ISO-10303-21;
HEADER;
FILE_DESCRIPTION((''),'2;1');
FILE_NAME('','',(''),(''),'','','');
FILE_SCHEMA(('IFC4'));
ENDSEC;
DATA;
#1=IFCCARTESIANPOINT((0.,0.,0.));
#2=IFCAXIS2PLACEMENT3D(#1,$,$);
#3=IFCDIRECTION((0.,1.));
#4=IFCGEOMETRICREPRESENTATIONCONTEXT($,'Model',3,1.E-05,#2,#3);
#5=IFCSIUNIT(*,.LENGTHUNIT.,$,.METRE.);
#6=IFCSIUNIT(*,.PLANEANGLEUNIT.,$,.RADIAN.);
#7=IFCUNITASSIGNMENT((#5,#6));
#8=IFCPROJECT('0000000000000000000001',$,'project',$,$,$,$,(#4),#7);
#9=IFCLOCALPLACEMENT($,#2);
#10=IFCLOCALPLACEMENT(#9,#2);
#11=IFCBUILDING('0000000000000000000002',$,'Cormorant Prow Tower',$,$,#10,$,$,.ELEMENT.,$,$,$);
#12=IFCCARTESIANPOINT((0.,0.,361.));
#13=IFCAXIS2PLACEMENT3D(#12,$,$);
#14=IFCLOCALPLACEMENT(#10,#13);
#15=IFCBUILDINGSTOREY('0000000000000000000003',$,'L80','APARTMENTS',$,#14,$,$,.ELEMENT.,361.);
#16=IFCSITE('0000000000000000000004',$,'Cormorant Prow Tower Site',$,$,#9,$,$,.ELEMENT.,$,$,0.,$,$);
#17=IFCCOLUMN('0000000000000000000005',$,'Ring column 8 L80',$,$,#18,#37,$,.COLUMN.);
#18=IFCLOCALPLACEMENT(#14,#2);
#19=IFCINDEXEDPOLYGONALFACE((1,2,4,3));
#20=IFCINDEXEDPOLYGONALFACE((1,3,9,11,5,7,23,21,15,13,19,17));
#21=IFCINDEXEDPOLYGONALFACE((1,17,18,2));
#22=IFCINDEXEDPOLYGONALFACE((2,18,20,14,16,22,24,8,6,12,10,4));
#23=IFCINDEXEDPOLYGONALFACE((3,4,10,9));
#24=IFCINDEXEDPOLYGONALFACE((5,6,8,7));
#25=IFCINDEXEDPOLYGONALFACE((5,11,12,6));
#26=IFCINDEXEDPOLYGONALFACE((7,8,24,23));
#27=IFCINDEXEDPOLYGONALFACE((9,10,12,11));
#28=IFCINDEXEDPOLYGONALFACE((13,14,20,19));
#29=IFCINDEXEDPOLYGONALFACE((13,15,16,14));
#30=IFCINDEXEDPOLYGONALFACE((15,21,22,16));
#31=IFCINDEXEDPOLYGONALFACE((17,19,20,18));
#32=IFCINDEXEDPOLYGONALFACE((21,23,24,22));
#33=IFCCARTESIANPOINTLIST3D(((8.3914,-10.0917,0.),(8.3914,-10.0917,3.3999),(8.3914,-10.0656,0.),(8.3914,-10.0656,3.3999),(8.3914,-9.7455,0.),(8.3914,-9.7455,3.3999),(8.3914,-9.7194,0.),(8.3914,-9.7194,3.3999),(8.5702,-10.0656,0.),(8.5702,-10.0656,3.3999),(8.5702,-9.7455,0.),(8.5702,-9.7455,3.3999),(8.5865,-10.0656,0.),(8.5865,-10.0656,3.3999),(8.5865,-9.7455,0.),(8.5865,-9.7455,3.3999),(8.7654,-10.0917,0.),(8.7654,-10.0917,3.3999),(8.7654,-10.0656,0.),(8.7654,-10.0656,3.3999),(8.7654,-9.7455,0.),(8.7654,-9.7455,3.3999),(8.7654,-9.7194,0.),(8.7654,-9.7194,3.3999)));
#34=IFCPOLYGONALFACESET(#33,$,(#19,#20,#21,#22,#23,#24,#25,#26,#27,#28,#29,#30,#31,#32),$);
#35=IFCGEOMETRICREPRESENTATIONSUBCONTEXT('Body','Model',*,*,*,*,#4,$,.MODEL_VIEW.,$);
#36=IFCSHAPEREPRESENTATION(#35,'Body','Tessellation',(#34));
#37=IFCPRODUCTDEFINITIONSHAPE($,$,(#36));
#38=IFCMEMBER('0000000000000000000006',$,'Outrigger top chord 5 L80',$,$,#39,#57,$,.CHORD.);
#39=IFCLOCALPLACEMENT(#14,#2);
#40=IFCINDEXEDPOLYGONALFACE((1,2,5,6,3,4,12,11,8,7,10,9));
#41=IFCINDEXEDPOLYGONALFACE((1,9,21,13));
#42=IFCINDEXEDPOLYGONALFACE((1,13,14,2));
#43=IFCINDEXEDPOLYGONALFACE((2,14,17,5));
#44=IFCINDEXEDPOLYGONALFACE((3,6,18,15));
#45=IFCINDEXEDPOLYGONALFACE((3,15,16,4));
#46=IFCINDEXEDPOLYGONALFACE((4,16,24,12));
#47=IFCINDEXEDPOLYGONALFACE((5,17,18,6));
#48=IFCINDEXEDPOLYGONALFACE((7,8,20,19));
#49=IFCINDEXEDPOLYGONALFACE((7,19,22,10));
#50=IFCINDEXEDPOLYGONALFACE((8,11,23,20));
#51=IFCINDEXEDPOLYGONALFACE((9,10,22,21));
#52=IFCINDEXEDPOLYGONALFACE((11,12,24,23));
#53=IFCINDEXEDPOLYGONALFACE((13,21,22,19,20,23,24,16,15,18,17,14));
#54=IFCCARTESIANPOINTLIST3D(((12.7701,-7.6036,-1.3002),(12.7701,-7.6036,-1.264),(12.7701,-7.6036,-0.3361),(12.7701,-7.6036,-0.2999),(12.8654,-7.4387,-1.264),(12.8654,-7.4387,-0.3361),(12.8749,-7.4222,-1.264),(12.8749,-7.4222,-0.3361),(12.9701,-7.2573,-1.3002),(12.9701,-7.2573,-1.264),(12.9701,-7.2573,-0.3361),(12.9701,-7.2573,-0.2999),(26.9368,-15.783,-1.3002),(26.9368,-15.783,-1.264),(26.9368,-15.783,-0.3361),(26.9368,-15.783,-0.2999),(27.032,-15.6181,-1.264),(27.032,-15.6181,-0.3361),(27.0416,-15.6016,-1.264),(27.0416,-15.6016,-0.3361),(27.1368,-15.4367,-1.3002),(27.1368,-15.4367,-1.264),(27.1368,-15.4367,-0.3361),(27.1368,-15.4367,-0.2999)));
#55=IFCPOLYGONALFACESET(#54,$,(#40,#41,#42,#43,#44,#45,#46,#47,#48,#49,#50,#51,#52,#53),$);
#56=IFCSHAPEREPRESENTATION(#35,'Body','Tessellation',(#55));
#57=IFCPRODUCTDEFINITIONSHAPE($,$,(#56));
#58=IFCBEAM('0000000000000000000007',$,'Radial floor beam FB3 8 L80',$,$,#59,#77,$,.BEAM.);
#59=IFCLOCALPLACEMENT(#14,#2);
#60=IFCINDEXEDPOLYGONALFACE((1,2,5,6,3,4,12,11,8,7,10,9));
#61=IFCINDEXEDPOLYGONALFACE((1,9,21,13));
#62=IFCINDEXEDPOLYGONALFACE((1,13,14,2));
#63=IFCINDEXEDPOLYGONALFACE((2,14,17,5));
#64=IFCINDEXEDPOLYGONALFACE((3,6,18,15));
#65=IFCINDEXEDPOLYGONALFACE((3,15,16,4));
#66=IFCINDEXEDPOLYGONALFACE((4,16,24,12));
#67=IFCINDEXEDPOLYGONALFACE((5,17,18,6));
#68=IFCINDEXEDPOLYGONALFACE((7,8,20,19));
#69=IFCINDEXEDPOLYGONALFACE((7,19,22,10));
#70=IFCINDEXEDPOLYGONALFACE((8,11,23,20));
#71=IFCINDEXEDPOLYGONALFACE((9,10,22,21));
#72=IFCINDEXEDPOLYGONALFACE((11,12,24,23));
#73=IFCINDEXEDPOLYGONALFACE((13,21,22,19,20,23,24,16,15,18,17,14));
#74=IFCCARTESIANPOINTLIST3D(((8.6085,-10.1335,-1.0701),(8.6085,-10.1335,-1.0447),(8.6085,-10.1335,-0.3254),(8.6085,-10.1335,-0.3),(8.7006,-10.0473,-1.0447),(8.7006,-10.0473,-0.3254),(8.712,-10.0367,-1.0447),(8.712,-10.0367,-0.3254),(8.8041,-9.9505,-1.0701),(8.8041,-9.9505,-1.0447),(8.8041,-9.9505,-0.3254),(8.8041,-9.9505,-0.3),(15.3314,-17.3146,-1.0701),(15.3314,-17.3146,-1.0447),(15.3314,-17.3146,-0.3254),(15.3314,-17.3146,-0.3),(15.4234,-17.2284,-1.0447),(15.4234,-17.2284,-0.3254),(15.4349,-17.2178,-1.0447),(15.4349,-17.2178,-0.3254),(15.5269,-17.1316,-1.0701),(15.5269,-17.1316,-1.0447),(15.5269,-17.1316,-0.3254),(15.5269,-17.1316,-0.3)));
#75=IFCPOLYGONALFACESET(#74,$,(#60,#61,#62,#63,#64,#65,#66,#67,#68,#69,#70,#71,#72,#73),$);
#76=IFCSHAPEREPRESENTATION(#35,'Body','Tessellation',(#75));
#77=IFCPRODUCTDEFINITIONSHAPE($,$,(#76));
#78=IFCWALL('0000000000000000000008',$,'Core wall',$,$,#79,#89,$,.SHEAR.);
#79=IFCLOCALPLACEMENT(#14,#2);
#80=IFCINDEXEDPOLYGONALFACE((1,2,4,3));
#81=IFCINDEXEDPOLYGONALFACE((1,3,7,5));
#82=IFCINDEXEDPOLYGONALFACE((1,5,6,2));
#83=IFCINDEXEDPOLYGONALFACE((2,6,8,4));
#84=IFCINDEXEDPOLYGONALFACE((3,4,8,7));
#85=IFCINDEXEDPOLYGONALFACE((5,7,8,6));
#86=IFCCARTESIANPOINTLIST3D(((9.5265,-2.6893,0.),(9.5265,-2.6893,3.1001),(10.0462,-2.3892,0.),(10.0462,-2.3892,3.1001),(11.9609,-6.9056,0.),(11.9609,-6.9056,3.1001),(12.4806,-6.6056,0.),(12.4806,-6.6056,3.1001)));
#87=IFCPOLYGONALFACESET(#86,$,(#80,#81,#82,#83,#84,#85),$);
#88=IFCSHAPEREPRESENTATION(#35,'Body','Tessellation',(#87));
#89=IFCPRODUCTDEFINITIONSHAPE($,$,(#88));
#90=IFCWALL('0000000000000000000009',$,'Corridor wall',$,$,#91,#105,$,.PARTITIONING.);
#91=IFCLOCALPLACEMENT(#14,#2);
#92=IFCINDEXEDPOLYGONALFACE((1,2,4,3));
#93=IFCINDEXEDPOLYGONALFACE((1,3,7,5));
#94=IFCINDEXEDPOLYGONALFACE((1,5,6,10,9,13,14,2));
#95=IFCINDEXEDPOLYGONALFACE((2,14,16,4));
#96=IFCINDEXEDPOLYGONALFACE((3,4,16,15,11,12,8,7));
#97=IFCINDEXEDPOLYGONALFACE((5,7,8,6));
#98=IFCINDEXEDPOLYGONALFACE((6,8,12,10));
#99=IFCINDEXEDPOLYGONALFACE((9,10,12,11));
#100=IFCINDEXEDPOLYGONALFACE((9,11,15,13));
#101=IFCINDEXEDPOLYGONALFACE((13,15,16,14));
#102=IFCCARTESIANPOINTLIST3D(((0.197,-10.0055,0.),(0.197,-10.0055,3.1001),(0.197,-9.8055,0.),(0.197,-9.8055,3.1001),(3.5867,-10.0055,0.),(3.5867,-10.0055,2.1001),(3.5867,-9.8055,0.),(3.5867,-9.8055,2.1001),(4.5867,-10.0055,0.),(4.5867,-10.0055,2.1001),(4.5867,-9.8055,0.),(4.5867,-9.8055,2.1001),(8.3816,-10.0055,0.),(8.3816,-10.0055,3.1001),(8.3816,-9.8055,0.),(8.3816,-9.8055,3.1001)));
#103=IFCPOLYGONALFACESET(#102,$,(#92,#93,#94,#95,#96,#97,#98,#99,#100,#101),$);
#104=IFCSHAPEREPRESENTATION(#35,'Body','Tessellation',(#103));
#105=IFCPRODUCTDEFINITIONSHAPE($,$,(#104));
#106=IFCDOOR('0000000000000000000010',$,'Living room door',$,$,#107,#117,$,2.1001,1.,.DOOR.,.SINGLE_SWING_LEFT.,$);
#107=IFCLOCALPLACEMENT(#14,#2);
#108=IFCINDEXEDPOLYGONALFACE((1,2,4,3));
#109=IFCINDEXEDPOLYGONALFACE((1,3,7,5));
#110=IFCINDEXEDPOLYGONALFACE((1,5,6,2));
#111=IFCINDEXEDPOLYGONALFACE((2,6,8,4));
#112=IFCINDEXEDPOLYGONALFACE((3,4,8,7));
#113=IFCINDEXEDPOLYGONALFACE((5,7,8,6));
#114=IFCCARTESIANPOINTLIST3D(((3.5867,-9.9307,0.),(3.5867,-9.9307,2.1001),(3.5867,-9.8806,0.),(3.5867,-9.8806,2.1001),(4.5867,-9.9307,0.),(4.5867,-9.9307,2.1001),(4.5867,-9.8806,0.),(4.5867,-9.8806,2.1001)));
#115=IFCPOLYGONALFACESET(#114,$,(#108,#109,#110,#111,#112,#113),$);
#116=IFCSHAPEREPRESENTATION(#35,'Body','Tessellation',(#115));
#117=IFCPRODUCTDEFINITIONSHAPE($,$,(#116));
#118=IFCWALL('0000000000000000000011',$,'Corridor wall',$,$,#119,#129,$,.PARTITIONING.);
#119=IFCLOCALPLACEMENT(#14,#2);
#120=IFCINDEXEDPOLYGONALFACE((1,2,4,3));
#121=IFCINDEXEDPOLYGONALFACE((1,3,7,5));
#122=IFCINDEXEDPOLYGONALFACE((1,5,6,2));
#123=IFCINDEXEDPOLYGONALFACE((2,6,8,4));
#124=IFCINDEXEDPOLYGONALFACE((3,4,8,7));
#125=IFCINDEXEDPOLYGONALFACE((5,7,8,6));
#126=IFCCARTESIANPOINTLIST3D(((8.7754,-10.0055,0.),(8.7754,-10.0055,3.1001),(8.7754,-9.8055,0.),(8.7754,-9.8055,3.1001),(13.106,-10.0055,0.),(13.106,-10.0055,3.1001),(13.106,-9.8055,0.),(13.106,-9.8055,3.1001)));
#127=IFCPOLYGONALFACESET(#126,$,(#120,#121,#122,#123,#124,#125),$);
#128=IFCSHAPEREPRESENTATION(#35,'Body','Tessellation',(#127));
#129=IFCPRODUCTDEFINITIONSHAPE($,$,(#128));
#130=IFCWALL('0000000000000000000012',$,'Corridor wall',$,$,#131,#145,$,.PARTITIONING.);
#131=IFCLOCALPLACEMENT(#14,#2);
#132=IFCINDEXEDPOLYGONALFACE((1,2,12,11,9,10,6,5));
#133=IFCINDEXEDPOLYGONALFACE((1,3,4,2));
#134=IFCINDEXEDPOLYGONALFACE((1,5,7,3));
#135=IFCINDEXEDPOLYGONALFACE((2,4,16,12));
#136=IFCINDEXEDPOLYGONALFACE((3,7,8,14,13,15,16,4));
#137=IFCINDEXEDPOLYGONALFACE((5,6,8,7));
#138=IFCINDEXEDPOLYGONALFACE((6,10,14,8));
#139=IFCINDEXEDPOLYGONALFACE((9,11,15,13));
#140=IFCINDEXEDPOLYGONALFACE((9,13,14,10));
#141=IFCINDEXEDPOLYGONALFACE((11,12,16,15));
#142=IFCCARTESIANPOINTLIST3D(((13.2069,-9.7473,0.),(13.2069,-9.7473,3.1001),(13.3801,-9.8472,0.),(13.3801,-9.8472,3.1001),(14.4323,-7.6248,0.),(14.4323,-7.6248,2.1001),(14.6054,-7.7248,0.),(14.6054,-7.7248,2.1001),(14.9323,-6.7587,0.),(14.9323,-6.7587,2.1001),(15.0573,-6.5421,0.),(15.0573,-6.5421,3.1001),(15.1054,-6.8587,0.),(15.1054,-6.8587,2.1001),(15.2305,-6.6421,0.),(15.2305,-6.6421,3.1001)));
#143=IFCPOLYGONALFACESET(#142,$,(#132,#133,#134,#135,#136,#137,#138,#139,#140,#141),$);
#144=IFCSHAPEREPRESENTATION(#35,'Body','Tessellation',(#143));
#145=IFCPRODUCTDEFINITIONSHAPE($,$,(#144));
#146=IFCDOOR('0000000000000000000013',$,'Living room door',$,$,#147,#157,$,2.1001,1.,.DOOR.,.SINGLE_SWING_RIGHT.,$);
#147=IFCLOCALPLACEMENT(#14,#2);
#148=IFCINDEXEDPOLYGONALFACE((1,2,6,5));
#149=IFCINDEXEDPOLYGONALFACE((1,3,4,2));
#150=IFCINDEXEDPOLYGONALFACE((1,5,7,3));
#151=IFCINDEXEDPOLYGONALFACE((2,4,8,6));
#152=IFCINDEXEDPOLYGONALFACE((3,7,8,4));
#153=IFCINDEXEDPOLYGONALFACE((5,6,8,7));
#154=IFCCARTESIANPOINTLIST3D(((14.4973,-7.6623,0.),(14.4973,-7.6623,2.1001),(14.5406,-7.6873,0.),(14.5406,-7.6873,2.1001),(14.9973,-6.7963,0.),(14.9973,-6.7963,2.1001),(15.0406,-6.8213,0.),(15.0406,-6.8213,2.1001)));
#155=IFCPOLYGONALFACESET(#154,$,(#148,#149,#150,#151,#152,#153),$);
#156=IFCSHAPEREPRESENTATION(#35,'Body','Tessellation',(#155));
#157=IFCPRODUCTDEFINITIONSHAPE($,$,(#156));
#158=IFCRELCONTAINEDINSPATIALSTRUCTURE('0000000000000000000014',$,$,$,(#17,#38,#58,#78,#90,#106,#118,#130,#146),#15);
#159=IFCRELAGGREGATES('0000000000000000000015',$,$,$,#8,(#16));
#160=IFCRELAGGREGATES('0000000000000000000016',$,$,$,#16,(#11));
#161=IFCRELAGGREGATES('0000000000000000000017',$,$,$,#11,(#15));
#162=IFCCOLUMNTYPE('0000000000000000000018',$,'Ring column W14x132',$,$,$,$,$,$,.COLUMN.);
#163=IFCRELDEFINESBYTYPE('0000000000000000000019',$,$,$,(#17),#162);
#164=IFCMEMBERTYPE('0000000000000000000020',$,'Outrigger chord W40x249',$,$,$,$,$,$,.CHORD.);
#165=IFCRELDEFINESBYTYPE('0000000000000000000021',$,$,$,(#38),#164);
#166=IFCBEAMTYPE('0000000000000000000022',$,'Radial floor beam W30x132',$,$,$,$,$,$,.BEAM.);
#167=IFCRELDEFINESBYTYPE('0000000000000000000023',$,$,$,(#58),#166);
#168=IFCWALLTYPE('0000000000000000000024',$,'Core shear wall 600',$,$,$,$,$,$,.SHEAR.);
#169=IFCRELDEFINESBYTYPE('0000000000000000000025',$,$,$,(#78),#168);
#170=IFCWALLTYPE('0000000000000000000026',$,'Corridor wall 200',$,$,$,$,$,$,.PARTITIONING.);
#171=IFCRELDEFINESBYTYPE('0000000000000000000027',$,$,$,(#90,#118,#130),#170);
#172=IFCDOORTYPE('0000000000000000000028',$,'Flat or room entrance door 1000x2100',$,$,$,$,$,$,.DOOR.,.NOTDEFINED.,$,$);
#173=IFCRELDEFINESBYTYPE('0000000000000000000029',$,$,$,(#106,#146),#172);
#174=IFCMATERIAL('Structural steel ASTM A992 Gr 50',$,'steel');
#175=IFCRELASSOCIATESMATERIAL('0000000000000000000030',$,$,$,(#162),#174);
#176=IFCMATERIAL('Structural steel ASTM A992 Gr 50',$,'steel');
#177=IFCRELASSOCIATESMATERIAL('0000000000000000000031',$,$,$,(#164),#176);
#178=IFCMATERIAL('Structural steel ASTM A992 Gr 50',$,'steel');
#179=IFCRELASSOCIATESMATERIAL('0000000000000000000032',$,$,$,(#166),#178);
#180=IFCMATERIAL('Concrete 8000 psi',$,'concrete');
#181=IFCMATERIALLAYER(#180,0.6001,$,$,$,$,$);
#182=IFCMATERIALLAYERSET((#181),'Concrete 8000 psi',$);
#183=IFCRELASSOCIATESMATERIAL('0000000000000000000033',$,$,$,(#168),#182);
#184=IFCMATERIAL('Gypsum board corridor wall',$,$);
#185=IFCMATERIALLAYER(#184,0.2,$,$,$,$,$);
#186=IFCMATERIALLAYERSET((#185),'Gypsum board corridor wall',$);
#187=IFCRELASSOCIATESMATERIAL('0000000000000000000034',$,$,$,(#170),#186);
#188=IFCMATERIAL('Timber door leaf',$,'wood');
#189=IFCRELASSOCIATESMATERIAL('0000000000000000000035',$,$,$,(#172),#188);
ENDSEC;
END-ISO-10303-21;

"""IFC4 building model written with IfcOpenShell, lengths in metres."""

from ifc_helpers import new_model, si_unit, direction, frame, frame_2d, origin, origin_2d, place, context, subcontext, project, spatial, rectangle, i_section, extrude, material, layer, layer_set, material_profile, profile_set, type_object, element, fill, save


model = new_model("IFC4")

# Units and contexts
model_context = context("Model", 3, precision=1e-05, world=origin(), true_north=direction((0.0, 1.0)))
body_context = subcontext(model_context, "Body", "Model", "MODEL_VIEW")
ifc_project = project(units=[si_unit("LENGTHUNIT", "METRE"), si_unit("PLANEANGLEUNIT", "RADIAN")], contexts=[model_context])

# Site, building, storey
site_placement = place(None, origin())
site = spatial("IfcSite", under=ifc_project, at=site_placement, Name="Cormorant Prow Tower Site", CompositionType="ELEMENT", RefElevation=0.0)
building_placement = place(site_placement, origin())
building = spatial("IfcBuilding", under=site, at=building_placement, Name="Cormorant Prow Tower", CompositionType="ELEMENT")
storey_placement = place(building_placement, frame((0.0, 0.0, 361.0)))
storey = spatial("IfcBuildingStorey", under=building, at=storey_placement, Name="L80", Description="APARTMENTS", CompositionType="ELEMENT", Elevation=361.0)

# Column
ifc_material_1 = material(Name="Structural steel ASTM A992 Gr 50", Category="steel")
ifc_material_profile_1 = material_profile(ifc_material_1, i_section(OverallWidth=0.374, OverallDepth=0.3723, WebThickness=0.0164, FlangeThickness=0.0261, at=origin_2d()), Name="W14x132")
ifc_profile_set_1 = profile_set([ifc_material_profile_1], Name="Structural steel ASTM A992 Gr 50")
column_type = type_object("IfcColumnType", Name="Ring column W14x132", PredefinedType="COLUMN", material=ifc_profile_set_1)
column_placement = place(storey_placement, frame((8.5784, -9.9055, 0.0), z_axis=(0.0, 0.0, 1.0), x_axis=(1.0, 0.0, 0.0)))
element("IfcColumn", 1, at=column_placement, inside=storey, type_object=column_type, Name="Ring column 8 L80", PredefinedType="COLUMN", context=body_context, shape_type="SweptSolid", body=[
    extrude(i_section(OverallWidth=0.374, OverallDepth=0.3723, WebThickness=0.0164, FlangeThickness=0.0261, at=origin_2d()), origin(), (0.0, 0.0, 1.0), 3.3999),
])

# Member
ifc_material_2 = material(Name="Structural steel ASTM A992 Gr 50", Category="steel")
ifc_material_profile_2 = material_profile(ifc_material_2, i_section(OverallWidth=0.3999, OverallDepth=1.0002, WebThickness=0.019, FlangeThickness=0.0361, at=origin_2d()), Name="W40x249")
ifc_profile_set_2 = profile_set([ifc_material_profile_2], Name="Structural steel ASTM A992 Gr 50")
member_type = type_object("IfcMemberType", Name="Outrigger chord W40x249", PredefinedType="CHORD", material=ifc_profile_set_2)
member_placement = place(storey_placement, frame((12.8701, -7.4304, -0.8), z_axis=(0.866018, -0.500012, 0.0), x_axis=(0.500012, 0.866018, 0.0)))
element("IfcMember", 2, at=member_placement, inside=storey, type_object=member_type, Name="Outrigger top chord 5 L80", PredefinedType="CHORD", context=body_context, shape_type="SweptSolid", body=[
    extrude(i_section(OverallWidth=0.3999, OverallDepth=1.0002, WebThickness=0.019, FlangeThickness=0.0361, at=origin_2d()), origin(), (0.0, 0.0, 1.0), 16.3584),
])

# Beam
ifc_material_3 = material(Name="Structural steel ASTM A992 Gr 50", Category="steel")
ifc_material_profile_3 = material_profile(ifc_material_3, i_section(OverallWidth=0.2678, OverallDepth=0.77, WebThickness=0.0156, FlangeThickness=0.0254, at=origin_2d()), Name="W30x132")
ifc_profile_set_3 = profile_set([ifc_material_profile_3], Name="Structural steel ASTM A992 Gr 50")
beam_type = type_object("IfcBeamType", Name="Radial floor beam W30x132", PredefinedType="BEAM", material=ifc_profile_set_3)
beam_placement = place(storey_placement, frame((8.7063, -10.042, -0.6851), z_axis=(0.683431, -0.730015, 0.0), x_axis=(0.730015, 0.683431, 0.0)))
element("IfcBeam", 3, at=beam_placement, inside=storey, type_object=beam_type, Name="Radial floor beam FB3 8 L80", PredefinedType="BEAM", context=body_context, shape_type="SweptSolid", body=[
    extrude(i_section(OverallWidth=0.2678, OverallDepth=0.77, WebThickness=0.0156, FlangeThickness=0.0254, at=origin_2d()), origin(), (0.0, 0.0, 1.0), 9.8369),
])

# Wall
ifc_material_4 = material(Name="Concrete 8000 psi", Category="concrete")
ifc_layer_1 = layer(ifc_material_4, 0.6001)
ifc_layer_set_1 = layer_set([ifc_layer_1], Name="Concrete 8000 psi")
wall_type_1 = type_object("IfcWallType", Name="Core shear wall 600", PredefinedType="SHEAR", material=ifc_layer_set_1)
wall_1_placement = place(storey_placement, frame((12.2207, -6.7556, 0.0), z_axis=(0.0, 0.0, 1.0), x_axis=(-0.500006, 0.866022, 0.0)))
element("IfcWall", 4, at=wall_1_placement, inside=storey, type_object=wall_type_1, Name="Core wall", PredefinedType="SHEAR", context=body_context, shape_type="SweptSolid", body=[
    extrude(rectangle(XDim=4.8687, YDim=0.6001, at=frame_2d((2.4343, 0.0))), origin(), (0.0, 0.0, 1.0), 3.1001),
])

# Wall, opening, door
ifc_material_5 = material(Name="Gypsum board corridor wall")
ifc_layer_2 = layer(ifc_material_5, 0.2)
ifc_layer_set_2 = layer_set([ifc_layer_2], Name="Gypsum board corridor wall")
wall_type_2 = type_object("IfcWallType", Name="Corridor wall 200", PredefinedType="PARTITIONING", material=ifc_layer_set_2)
wall_2_placement = place(storey_placement, frame((0.197, -9.9055, 0.0), z_axis=(0.0, 0.0, 1.0), x_axis=(1.0, 0.0, 0.0)))
wall_2 = element("IfcWall", 5, at=wall_2_placement, inside=storey, type_object=wall_type_2, Name="Corridor wall", PredefinedType="PARTITIONING", context=body_context, shape_type="SweptSolid", body=[
    extrude(rectangle(XDim=8.1846, YDim=0.2, at=frame_2d((4.0923, 0.0))), origin(), (0.0, 0.0, 1.0), 3.1001),
])
opening_1_placement = place(wall_2_placement, frame((3.3896, 0.0, 0.0)))
opening_1 = element("IfcOpeningElement", 6, at=opening_1_placement, cuts=wall_2, PredefinedType="OPENING", context=body_context, shape_type="SweptSolid", body=[
    extrude(rectangle(XDim=1.0, YDim=2.1001, at=frame_2d((0.5, 1.05))), frame((0.0, 0.1099, 0.0), z_axis=(0.0, -1.0, 0.0), x_axis=(1.0, 0.0, 0.0)), (0.0, 0.0, 1.0), 0.22),
])
ifc_material_6 = material(Name="Timber door leaf", Category="wood")
door_type_1 = type_object("IfcDoorType", Name="Flat or room entrance door 1000x2100", OperationType="NOTDEFINED", PredefinedType="DOOR", material=ifc_material_6)
door_1_placement = place(opening_1_placement, origin())
door_1 = element("IfcDoor", 7, at=door_1_placement, inside=storey, type_object=door_type_1, Name="Living room door", OperationType="SINGLE_SWING_LEFT", OverallHeight=2.1001, OverallWidth=1.0, PredefinedType="DOOR", context=body_context, shape_type="SweptSolid", body=[
    extrude(rectangle(XDim=1.0, YDim=2.1001, at=frame_2d((0.5, 1.05))), frame((0.0, 0.0249, 0.0), z_axis=(0.0, -1.0, 0.0), x_axis=(1.0, 0.0, 0.0)), (0.0, 0.0, 1.0), 0.05),
])
fill(opening_1, door_1)

# Wall
wall_3_placement = place(storey_placement, frame((8.7754, -9.9055, 0.0), z_axis=(0.0, 0.0, 1.0), x_axis=(1.0, 0.0, 0.0)))
element("IfcWall", 8, at=wall_3_placement, inside=storey, type_object=wall_type_2, Name="Corridor wall", PredefinedType="PARTITIONING", context=body_context, shape_type="SweptSolid", body=[
    extrude(rectangle(XDim=4.3306, YDim=0.2, at=frame_2d((2.1653, 0.0))), origin(), (0.0, 0.0, 1.0), 3.1001),
])

# Wall, opening, door
wall_4_placement = place(storey_placement, frame((13.2935, -9.7974, 0.0), z_axis=(0.0, 0.0, 1.0), x_axis=(0.499978, 0.866038, 0.0)))
wall_4 = element("IfcWall", 9, at=wall_4_placement, inside=storey, type_object=wall_type_2, Name="Corridor wall", PredefinedType="PARTITIONING", context=body_context, shape_type="SweptSolid", body=[
    extrude(rectangle(XDim=3.7009, YDim=0.2, at=frame_2d((1.8506, 0.0))), origin(), (0.0, 0.0, 1.0), 3.1001),
])
opening_2_placement = place(wall_4_placement, frame((2.4509, 0.0, 0.0)))
opening_2 = element("IfcOpeningElement", 10, at=opening_2_placement, cuts=wall_4, PredefinedType="OPENING", context=body_context, shape_type="SweptSolid", body=[
    extrude(rectangle(XDim=1.0, YDim=2.1001, at=frame_2d((0.5, 1.05))), frame((0.0, 0.1099, 0.0), z_axis=(0.0, -1.0, 0.0), x_axis=(1.0, 0.0, 0.0)), (0.0, 0.0, 1.0), 0.22),
])
door_2_placement = place(opening_2_placement, origin())
door_2 = element("IfcDoor", 11, at=door_2_placement, inside=storey, type_object=door_type_1, Name="Living room door", OperationType="SINGLE_SWING_RIGHT", OverallHeight=2.1001, OverallWidth=1.0, PredefinedType="DOOR", context=body_context, shape_type="SweptSolid", body=[
    extrude(rectangle(XDim=1.0, YDim=2.1001, at=frame_2d((0.5, 1.05))), frame((0.0, 0.0249, 0.0), z_axis=(0.0, -1.0, 0.0), x_axis=(1.0, 0.0, 0.0)), (0.0, 0.0, 1.0), 0.05),
])
fill(opening_2, door_2)

save(model, "model.ifc")
